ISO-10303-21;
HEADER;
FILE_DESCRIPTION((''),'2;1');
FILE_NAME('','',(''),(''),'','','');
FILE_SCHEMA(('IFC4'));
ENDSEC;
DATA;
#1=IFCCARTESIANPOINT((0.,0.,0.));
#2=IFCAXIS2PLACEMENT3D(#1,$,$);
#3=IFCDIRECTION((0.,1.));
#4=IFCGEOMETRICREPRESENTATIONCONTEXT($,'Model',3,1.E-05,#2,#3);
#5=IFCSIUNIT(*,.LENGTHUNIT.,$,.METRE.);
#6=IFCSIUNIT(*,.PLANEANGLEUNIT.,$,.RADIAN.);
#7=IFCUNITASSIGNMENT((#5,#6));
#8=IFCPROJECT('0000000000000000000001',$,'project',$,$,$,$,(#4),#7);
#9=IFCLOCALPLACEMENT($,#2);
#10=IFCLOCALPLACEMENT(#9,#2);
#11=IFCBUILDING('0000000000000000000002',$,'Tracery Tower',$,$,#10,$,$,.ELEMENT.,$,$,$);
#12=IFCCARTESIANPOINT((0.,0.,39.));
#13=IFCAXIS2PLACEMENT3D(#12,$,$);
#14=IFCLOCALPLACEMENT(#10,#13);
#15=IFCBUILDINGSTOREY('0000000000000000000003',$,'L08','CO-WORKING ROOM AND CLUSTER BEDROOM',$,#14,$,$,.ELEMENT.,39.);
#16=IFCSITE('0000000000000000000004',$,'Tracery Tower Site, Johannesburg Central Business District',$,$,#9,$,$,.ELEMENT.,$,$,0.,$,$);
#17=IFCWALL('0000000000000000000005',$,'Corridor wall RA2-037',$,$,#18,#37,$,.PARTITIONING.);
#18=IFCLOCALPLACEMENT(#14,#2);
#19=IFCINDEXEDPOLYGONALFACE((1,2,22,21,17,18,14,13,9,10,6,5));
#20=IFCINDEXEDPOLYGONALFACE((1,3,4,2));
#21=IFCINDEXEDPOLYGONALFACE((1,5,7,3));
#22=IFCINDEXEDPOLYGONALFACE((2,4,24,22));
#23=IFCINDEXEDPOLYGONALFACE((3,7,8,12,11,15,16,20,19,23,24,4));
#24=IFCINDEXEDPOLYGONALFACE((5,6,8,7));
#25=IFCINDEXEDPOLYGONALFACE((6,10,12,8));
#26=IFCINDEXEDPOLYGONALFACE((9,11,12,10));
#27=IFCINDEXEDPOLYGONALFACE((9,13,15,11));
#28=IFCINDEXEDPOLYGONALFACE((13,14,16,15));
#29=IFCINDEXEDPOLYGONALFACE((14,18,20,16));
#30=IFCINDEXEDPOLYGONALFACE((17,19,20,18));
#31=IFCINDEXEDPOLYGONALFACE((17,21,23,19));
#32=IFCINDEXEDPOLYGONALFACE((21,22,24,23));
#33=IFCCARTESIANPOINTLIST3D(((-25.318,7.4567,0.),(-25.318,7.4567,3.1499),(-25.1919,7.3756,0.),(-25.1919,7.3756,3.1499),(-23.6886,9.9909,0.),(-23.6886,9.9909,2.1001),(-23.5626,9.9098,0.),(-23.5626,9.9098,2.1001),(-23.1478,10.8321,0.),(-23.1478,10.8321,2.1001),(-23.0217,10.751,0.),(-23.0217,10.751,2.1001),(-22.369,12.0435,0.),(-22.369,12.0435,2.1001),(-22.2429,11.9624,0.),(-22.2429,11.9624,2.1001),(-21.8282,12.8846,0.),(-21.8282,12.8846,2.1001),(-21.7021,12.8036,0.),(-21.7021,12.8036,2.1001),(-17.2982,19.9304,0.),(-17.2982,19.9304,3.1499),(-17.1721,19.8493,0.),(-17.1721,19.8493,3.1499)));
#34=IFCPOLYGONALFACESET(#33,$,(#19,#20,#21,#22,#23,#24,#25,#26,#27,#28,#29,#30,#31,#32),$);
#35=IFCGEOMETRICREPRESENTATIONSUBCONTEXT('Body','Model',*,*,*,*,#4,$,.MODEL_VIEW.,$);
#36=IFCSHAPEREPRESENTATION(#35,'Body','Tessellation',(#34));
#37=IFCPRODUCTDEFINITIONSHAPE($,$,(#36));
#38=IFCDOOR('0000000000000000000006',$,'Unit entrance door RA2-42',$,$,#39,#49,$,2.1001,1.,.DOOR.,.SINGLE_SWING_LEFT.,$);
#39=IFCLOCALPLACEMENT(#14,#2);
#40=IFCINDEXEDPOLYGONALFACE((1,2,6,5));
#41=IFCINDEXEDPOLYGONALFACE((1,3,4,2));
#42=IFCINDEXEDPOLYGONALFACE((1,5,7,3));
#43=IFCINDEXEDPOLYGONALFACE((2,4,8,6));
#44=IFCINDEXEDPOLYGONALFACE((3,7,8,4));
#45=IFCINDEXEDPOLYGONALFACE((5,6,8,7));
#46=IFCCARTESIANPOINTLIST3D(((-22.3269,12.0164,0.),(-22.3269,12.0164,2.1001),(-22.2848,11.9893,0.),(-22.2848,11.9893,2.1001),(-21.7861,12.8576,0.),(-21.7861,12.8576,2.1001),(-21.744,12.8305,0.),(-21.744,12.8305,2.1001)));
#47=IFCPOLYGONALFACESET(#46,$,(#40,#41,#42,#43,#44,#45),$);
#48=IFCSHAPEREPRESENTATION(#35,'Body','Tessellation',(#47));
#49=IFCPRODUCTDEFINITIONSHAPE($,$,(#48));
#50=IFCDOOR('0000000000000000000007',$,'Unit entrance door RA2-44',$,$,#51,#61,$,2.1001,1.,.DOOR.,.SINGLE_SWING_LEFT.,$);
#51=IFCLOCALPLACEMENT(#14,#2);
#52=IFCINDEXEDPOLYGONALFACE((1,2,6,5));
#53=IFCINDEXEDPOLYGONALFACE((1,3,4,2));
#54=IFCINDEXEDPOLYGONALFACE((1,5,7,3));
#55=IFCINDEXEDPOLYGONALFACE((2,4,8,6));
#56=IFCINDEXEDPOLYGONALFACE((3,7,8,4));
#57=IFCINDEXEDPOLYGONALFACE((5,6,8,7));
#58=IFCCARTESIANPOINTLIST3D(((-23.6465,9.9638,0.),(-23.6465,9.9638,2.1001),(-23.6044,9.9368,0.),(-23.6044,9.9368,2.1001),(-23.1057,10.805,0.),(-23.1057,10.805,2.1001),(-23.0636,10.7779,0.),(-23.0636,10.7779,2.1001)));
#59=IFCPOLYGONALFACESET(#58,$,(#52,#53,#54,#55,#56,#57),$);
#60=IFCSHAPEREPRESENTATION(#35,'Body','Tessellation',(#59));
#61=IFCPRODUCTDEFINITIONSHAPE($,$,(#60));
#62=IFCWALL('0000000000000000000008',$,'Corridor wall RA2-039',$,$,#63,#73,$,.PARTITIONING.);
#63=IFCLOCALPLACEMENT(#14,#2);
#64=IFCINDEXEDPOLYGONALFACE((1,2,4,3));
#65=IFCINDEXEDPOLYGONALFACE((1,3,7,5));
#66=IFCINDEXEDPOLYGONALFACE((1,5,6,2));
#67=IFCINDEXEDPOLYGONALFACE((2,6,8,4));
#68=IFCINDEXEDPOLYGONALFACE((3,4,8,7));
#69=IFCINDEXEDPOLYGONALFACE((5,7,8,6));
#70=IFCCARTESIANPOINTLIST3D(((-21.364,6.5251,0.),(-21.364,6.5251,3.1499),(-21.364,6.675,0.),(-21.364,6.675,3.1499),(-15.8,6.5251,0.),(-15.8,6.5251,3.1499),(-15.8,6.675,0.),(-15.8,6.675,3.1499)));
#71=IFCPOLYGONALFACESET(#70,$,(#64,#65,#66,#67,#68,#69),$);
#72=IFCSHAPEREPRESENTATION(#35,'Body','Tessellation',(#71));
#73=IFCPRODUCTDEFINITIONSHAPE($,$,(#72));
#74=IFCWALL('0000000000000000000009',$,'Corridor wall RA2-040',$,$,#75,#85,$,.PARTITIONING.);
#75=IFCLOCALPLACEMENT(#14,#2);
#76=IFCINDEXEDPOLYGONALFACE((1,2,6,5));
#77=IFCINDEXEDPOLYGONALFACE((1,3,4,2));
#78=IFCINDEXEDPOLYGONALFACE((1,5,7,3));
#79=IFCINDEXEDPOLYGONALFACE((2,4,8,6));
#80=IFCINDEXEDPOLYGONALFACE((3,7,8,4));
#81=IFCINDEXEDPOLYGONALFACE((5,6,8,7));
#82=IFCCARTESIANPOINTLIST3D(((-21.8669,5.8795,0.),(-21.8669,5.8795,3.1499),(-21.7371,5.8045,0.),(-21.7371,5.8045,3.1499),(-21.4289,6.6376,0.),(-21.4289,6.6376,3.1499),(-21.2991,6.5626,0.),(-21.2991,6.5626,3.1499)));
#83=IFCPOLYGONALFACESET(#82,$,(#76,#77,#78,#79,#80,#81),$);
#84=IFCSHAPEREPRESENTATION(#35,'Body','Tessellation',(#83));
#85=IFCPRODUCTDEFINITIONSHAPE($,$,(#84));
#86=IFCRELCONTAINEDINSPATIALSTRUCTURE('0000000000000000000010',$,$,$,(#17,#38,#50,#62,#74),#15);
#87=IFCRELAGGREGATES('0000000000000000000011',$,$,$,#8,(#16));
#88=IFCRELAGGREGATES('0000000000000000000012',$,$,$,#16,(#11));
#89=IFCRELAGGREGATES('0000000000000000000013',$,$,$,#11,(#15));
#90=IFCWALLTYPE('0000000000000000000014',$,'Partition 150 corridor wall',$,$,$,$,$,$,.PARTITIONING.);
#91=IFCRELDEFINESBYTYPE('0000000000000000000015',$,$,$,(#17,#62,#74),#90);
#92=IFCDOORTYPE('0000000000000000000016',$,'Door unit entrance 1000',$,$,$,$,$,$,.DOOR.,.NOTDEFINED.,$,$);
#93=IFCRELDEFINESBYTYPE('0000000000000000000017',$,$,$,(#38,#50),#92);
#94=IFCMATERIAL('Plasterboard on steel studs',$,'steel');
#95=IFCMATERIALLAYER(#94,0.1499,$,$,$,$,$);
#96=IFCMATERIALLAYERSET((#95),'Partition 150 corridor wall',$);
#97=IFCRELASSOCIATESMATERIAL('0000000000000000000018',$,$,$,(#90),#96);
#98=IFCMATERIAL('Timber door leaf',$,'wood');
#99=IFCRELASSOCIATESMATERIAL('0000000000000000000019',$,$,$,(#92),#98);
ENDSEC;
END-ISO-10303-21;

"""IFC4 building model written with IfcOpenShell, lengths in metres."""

from ifc_helpers import new_model, si_unit, direction, frame, frame_2d, origin, place, context, subcontext, project, spatial, rectangle, extrude, material, layer, layer_set, type_object, element, fill, save


model = new_model("IFC4")

# Units and contexts
model_context = context("Model", 3, precision=1e-05, world=origin(), true_north=direction((0.0, 1.0)))
body_context = subcontext(model_context, "Body", "Model", "MODEL_VIEW")
ifc_project = project(units=[si_unit("LENGTHUNIT", "METRE"), si_unit("PLANEANGLEUNIT", "RADIAN")], contexts=[model_context])

# Site, building, storey
site_placement = place(None, origin())
site = spatial("IfcSite", under=ifc_project, at=site_placement, Name="Tracery Tower Site, Johannesburg Central Business District", CompositionType="ELEMENT", RefElevation=0.0)
building_placement = place(site_placement, origin())
building = spatial("IfcBuilding", under=site, at=building_placement, Name="Tracery Tower", CompositionType="ELEMENT")
storey_placement = place(building_placement, frame((0.0, 0.0, 39.0)))
storey = spatial("IfcBuildingStorey", under=building, at=storey_placement, Name="L08", Description="CO-WORKING ROOM AND CLUSTER BEDROOM", CompositionType="ELEMENT", Elevation=39.0)

# Shared definitions
ifc_material_1 = material(Name="Plasterboard on steel studs", Category="steel")
ifc_layer_1 = layer(ifc_material_1, 0.1499)
ifc_layer_set_1 = layer_set([ifc_layer_1], Name="Partition 150 corridor wall")
wall_type_1 = type_object("IfcWallType", Name="Partition 150 corridor wall", PredefinedType="PARTITIONING", material=ifc_layer_set_1)

# Wall, openings, doors
wall_1_placement = place(storey_placement, frame((-25.2549, 7.4163, 0.0), z_axis=(0.0, 0.0, 1.0), x_axis=(0.540806, 0.841147, 0.0)))
wall_1 = element("IfcWall", 1, at=wall_1_placement, inside=storey, type_object=wall_type_1, Name="Corridor wall RA2-037", PredefinedType="PARTITIONING", context=body_context, shape_type="SweptSolid", body=[
    extrude(rectangle(XDim=14.8293, YDim=0.1499, at=frame_2d((7.4146, 0.0))), origin(), (0.0, 0.0, 1.0), 3.1499),
])
opening_1_placement = place(wall_1_placement, frame((5.4529, 0.0, 0.0)))
opening_1 = element("IfcOpeningElement", 2, at=opening_1_placement, cuts=wall_1, PredefinedType="OPENING", context=body_context, shape_type="SweptSolid", body=[
    extrude(rectangle(XDim=1.0, YDim=2.1001, at=frame_2d((0.5, 1.05))), frame((0.0, 0.075, 0.0), z_axis=(0.0, -1.0, 0.0), x_axis=(1.0, 0.0, 0.0)), (0.0, 0.0, 1.0), 0.1499),
])
opening_2_placement = place(wall_1_placement, frame((3.0127, 0.0, 0.0)))
opening_2 = element("IfcOpeningElement", 3, at=opening_2_placement, cuts=wall_1, PredefinedType="OPENING", context=body_context, shape_type="SweptSolid", body=[
    extrude(rectangle(XDim=1.0, YDim=2.1001, at=frame_2d((0.5, 1.05))), frame((0.0, 0.075, 0.0), z_axis=(0.0, -1.0, 0.0), x_axis=(1.0, 0.0, 0.0)), (0.0, 0.0, 1.0), 0.1499),
])
ifc_material_2 = material(Name="Timber door leaf", Category="wood")
door_type_1 = type_object("IfcDoorType", Name="Door unit entrance 1000", OperationType="NOTDEFINED", PredefinedType="DOOR", material=ifc_material_2)
door_1_placement = place(opening_1_placement, origin())
door_1 = element("IfcDoor", 4, at=door_1_placement, inside=storey, type_object=door_type_1, Name="Unit entrance door RA2-42", OperationType="SINGLE_SWING_LEFT", OverallHeight=2.1001, OverallWidth=1.0, PredefinedType="DOOR", context=body_context, shape_type="SweptSolid", body=[
    extrude(rectangle(XDim=1.0, YDim=2.1001, at=frame_2d((0.5, 1.05))), frame((0.0, 0.0249, 0.0), z_axis=(0.0, -1.0, 0.0), x_axis=(1.0, 0.0, 0.0)), (0.0, 0.0, 1.0), 0.05),
])
fill(opening_1, door_1)
door_2_placement = place(opening_2_placement, origin())
door_2 = element("IfcDoor", 5, at=door_2_placement, inside=storey, type_object=door_type_1, Name="Unit entrance door RA2-44", OperationType="SINGLE_SWING_LEFT", OverallHeight=2.1001, OverallWidth=1.0, PredefinedType="DOOR", context=body_context, shape_type="SweptSolid", body=[
    extrude(rectangle(XDim=1.0, YDim=2.1001, at=frame_2d((0.5, 1.05))), frame((0.0, 0.0249, 0.0), z_axis=(0.0, -1.0, 0.0), x_axis=(1.0, 0.0, 0.0)), (0.0, 0.0, 1.0), 0.05),
])
fill(opening_2, door_2)

# Walls
wall_2_placement = place(storey_placement, frame((-21.364, 6.6001, 0.0), z_axis=(0.0, 0.0, 1.0), x_axis=(1.0, 0.0, 0.0)))
element("IfcWall", 6, at=wall_2_placement, inside=storey, type_object=wall_type_1, Name="Corridor wall RA2-039", PredefinedType="PARTITIONING", context=body_context, shape_type="SweptSolid", body=[
    extrude(rectangle(XDim=5.564, YDim=0.1499, at=frame_2d((2.782, 0.0))), origin(), (0.0, 0.0, 1.0), 3.1499),
])
wall_3_placement = place(storey_placement, frame((-21.802, 5.842, 0.0), z_axis=(0.0, 0.0, 1.0), x_axis=(0.500278, 0.865865, 0.0)))
element("IfcWall", 7, at=wall_3_placement, inside=storey, type_object=wall_type_1, Name="Corridor wall RA2-040", PredefinedType="PARTITIONING", context=body_context, shape_type="SweptSolid", body=[
    extrude(rectangle(XDim=0.8755, YDim=0.1499, at=frame_2d((0.4377, 0.0))), origin(), (0.0, 0.0, 1.0), 3.1499),
])

save(model, "model.ifc")
